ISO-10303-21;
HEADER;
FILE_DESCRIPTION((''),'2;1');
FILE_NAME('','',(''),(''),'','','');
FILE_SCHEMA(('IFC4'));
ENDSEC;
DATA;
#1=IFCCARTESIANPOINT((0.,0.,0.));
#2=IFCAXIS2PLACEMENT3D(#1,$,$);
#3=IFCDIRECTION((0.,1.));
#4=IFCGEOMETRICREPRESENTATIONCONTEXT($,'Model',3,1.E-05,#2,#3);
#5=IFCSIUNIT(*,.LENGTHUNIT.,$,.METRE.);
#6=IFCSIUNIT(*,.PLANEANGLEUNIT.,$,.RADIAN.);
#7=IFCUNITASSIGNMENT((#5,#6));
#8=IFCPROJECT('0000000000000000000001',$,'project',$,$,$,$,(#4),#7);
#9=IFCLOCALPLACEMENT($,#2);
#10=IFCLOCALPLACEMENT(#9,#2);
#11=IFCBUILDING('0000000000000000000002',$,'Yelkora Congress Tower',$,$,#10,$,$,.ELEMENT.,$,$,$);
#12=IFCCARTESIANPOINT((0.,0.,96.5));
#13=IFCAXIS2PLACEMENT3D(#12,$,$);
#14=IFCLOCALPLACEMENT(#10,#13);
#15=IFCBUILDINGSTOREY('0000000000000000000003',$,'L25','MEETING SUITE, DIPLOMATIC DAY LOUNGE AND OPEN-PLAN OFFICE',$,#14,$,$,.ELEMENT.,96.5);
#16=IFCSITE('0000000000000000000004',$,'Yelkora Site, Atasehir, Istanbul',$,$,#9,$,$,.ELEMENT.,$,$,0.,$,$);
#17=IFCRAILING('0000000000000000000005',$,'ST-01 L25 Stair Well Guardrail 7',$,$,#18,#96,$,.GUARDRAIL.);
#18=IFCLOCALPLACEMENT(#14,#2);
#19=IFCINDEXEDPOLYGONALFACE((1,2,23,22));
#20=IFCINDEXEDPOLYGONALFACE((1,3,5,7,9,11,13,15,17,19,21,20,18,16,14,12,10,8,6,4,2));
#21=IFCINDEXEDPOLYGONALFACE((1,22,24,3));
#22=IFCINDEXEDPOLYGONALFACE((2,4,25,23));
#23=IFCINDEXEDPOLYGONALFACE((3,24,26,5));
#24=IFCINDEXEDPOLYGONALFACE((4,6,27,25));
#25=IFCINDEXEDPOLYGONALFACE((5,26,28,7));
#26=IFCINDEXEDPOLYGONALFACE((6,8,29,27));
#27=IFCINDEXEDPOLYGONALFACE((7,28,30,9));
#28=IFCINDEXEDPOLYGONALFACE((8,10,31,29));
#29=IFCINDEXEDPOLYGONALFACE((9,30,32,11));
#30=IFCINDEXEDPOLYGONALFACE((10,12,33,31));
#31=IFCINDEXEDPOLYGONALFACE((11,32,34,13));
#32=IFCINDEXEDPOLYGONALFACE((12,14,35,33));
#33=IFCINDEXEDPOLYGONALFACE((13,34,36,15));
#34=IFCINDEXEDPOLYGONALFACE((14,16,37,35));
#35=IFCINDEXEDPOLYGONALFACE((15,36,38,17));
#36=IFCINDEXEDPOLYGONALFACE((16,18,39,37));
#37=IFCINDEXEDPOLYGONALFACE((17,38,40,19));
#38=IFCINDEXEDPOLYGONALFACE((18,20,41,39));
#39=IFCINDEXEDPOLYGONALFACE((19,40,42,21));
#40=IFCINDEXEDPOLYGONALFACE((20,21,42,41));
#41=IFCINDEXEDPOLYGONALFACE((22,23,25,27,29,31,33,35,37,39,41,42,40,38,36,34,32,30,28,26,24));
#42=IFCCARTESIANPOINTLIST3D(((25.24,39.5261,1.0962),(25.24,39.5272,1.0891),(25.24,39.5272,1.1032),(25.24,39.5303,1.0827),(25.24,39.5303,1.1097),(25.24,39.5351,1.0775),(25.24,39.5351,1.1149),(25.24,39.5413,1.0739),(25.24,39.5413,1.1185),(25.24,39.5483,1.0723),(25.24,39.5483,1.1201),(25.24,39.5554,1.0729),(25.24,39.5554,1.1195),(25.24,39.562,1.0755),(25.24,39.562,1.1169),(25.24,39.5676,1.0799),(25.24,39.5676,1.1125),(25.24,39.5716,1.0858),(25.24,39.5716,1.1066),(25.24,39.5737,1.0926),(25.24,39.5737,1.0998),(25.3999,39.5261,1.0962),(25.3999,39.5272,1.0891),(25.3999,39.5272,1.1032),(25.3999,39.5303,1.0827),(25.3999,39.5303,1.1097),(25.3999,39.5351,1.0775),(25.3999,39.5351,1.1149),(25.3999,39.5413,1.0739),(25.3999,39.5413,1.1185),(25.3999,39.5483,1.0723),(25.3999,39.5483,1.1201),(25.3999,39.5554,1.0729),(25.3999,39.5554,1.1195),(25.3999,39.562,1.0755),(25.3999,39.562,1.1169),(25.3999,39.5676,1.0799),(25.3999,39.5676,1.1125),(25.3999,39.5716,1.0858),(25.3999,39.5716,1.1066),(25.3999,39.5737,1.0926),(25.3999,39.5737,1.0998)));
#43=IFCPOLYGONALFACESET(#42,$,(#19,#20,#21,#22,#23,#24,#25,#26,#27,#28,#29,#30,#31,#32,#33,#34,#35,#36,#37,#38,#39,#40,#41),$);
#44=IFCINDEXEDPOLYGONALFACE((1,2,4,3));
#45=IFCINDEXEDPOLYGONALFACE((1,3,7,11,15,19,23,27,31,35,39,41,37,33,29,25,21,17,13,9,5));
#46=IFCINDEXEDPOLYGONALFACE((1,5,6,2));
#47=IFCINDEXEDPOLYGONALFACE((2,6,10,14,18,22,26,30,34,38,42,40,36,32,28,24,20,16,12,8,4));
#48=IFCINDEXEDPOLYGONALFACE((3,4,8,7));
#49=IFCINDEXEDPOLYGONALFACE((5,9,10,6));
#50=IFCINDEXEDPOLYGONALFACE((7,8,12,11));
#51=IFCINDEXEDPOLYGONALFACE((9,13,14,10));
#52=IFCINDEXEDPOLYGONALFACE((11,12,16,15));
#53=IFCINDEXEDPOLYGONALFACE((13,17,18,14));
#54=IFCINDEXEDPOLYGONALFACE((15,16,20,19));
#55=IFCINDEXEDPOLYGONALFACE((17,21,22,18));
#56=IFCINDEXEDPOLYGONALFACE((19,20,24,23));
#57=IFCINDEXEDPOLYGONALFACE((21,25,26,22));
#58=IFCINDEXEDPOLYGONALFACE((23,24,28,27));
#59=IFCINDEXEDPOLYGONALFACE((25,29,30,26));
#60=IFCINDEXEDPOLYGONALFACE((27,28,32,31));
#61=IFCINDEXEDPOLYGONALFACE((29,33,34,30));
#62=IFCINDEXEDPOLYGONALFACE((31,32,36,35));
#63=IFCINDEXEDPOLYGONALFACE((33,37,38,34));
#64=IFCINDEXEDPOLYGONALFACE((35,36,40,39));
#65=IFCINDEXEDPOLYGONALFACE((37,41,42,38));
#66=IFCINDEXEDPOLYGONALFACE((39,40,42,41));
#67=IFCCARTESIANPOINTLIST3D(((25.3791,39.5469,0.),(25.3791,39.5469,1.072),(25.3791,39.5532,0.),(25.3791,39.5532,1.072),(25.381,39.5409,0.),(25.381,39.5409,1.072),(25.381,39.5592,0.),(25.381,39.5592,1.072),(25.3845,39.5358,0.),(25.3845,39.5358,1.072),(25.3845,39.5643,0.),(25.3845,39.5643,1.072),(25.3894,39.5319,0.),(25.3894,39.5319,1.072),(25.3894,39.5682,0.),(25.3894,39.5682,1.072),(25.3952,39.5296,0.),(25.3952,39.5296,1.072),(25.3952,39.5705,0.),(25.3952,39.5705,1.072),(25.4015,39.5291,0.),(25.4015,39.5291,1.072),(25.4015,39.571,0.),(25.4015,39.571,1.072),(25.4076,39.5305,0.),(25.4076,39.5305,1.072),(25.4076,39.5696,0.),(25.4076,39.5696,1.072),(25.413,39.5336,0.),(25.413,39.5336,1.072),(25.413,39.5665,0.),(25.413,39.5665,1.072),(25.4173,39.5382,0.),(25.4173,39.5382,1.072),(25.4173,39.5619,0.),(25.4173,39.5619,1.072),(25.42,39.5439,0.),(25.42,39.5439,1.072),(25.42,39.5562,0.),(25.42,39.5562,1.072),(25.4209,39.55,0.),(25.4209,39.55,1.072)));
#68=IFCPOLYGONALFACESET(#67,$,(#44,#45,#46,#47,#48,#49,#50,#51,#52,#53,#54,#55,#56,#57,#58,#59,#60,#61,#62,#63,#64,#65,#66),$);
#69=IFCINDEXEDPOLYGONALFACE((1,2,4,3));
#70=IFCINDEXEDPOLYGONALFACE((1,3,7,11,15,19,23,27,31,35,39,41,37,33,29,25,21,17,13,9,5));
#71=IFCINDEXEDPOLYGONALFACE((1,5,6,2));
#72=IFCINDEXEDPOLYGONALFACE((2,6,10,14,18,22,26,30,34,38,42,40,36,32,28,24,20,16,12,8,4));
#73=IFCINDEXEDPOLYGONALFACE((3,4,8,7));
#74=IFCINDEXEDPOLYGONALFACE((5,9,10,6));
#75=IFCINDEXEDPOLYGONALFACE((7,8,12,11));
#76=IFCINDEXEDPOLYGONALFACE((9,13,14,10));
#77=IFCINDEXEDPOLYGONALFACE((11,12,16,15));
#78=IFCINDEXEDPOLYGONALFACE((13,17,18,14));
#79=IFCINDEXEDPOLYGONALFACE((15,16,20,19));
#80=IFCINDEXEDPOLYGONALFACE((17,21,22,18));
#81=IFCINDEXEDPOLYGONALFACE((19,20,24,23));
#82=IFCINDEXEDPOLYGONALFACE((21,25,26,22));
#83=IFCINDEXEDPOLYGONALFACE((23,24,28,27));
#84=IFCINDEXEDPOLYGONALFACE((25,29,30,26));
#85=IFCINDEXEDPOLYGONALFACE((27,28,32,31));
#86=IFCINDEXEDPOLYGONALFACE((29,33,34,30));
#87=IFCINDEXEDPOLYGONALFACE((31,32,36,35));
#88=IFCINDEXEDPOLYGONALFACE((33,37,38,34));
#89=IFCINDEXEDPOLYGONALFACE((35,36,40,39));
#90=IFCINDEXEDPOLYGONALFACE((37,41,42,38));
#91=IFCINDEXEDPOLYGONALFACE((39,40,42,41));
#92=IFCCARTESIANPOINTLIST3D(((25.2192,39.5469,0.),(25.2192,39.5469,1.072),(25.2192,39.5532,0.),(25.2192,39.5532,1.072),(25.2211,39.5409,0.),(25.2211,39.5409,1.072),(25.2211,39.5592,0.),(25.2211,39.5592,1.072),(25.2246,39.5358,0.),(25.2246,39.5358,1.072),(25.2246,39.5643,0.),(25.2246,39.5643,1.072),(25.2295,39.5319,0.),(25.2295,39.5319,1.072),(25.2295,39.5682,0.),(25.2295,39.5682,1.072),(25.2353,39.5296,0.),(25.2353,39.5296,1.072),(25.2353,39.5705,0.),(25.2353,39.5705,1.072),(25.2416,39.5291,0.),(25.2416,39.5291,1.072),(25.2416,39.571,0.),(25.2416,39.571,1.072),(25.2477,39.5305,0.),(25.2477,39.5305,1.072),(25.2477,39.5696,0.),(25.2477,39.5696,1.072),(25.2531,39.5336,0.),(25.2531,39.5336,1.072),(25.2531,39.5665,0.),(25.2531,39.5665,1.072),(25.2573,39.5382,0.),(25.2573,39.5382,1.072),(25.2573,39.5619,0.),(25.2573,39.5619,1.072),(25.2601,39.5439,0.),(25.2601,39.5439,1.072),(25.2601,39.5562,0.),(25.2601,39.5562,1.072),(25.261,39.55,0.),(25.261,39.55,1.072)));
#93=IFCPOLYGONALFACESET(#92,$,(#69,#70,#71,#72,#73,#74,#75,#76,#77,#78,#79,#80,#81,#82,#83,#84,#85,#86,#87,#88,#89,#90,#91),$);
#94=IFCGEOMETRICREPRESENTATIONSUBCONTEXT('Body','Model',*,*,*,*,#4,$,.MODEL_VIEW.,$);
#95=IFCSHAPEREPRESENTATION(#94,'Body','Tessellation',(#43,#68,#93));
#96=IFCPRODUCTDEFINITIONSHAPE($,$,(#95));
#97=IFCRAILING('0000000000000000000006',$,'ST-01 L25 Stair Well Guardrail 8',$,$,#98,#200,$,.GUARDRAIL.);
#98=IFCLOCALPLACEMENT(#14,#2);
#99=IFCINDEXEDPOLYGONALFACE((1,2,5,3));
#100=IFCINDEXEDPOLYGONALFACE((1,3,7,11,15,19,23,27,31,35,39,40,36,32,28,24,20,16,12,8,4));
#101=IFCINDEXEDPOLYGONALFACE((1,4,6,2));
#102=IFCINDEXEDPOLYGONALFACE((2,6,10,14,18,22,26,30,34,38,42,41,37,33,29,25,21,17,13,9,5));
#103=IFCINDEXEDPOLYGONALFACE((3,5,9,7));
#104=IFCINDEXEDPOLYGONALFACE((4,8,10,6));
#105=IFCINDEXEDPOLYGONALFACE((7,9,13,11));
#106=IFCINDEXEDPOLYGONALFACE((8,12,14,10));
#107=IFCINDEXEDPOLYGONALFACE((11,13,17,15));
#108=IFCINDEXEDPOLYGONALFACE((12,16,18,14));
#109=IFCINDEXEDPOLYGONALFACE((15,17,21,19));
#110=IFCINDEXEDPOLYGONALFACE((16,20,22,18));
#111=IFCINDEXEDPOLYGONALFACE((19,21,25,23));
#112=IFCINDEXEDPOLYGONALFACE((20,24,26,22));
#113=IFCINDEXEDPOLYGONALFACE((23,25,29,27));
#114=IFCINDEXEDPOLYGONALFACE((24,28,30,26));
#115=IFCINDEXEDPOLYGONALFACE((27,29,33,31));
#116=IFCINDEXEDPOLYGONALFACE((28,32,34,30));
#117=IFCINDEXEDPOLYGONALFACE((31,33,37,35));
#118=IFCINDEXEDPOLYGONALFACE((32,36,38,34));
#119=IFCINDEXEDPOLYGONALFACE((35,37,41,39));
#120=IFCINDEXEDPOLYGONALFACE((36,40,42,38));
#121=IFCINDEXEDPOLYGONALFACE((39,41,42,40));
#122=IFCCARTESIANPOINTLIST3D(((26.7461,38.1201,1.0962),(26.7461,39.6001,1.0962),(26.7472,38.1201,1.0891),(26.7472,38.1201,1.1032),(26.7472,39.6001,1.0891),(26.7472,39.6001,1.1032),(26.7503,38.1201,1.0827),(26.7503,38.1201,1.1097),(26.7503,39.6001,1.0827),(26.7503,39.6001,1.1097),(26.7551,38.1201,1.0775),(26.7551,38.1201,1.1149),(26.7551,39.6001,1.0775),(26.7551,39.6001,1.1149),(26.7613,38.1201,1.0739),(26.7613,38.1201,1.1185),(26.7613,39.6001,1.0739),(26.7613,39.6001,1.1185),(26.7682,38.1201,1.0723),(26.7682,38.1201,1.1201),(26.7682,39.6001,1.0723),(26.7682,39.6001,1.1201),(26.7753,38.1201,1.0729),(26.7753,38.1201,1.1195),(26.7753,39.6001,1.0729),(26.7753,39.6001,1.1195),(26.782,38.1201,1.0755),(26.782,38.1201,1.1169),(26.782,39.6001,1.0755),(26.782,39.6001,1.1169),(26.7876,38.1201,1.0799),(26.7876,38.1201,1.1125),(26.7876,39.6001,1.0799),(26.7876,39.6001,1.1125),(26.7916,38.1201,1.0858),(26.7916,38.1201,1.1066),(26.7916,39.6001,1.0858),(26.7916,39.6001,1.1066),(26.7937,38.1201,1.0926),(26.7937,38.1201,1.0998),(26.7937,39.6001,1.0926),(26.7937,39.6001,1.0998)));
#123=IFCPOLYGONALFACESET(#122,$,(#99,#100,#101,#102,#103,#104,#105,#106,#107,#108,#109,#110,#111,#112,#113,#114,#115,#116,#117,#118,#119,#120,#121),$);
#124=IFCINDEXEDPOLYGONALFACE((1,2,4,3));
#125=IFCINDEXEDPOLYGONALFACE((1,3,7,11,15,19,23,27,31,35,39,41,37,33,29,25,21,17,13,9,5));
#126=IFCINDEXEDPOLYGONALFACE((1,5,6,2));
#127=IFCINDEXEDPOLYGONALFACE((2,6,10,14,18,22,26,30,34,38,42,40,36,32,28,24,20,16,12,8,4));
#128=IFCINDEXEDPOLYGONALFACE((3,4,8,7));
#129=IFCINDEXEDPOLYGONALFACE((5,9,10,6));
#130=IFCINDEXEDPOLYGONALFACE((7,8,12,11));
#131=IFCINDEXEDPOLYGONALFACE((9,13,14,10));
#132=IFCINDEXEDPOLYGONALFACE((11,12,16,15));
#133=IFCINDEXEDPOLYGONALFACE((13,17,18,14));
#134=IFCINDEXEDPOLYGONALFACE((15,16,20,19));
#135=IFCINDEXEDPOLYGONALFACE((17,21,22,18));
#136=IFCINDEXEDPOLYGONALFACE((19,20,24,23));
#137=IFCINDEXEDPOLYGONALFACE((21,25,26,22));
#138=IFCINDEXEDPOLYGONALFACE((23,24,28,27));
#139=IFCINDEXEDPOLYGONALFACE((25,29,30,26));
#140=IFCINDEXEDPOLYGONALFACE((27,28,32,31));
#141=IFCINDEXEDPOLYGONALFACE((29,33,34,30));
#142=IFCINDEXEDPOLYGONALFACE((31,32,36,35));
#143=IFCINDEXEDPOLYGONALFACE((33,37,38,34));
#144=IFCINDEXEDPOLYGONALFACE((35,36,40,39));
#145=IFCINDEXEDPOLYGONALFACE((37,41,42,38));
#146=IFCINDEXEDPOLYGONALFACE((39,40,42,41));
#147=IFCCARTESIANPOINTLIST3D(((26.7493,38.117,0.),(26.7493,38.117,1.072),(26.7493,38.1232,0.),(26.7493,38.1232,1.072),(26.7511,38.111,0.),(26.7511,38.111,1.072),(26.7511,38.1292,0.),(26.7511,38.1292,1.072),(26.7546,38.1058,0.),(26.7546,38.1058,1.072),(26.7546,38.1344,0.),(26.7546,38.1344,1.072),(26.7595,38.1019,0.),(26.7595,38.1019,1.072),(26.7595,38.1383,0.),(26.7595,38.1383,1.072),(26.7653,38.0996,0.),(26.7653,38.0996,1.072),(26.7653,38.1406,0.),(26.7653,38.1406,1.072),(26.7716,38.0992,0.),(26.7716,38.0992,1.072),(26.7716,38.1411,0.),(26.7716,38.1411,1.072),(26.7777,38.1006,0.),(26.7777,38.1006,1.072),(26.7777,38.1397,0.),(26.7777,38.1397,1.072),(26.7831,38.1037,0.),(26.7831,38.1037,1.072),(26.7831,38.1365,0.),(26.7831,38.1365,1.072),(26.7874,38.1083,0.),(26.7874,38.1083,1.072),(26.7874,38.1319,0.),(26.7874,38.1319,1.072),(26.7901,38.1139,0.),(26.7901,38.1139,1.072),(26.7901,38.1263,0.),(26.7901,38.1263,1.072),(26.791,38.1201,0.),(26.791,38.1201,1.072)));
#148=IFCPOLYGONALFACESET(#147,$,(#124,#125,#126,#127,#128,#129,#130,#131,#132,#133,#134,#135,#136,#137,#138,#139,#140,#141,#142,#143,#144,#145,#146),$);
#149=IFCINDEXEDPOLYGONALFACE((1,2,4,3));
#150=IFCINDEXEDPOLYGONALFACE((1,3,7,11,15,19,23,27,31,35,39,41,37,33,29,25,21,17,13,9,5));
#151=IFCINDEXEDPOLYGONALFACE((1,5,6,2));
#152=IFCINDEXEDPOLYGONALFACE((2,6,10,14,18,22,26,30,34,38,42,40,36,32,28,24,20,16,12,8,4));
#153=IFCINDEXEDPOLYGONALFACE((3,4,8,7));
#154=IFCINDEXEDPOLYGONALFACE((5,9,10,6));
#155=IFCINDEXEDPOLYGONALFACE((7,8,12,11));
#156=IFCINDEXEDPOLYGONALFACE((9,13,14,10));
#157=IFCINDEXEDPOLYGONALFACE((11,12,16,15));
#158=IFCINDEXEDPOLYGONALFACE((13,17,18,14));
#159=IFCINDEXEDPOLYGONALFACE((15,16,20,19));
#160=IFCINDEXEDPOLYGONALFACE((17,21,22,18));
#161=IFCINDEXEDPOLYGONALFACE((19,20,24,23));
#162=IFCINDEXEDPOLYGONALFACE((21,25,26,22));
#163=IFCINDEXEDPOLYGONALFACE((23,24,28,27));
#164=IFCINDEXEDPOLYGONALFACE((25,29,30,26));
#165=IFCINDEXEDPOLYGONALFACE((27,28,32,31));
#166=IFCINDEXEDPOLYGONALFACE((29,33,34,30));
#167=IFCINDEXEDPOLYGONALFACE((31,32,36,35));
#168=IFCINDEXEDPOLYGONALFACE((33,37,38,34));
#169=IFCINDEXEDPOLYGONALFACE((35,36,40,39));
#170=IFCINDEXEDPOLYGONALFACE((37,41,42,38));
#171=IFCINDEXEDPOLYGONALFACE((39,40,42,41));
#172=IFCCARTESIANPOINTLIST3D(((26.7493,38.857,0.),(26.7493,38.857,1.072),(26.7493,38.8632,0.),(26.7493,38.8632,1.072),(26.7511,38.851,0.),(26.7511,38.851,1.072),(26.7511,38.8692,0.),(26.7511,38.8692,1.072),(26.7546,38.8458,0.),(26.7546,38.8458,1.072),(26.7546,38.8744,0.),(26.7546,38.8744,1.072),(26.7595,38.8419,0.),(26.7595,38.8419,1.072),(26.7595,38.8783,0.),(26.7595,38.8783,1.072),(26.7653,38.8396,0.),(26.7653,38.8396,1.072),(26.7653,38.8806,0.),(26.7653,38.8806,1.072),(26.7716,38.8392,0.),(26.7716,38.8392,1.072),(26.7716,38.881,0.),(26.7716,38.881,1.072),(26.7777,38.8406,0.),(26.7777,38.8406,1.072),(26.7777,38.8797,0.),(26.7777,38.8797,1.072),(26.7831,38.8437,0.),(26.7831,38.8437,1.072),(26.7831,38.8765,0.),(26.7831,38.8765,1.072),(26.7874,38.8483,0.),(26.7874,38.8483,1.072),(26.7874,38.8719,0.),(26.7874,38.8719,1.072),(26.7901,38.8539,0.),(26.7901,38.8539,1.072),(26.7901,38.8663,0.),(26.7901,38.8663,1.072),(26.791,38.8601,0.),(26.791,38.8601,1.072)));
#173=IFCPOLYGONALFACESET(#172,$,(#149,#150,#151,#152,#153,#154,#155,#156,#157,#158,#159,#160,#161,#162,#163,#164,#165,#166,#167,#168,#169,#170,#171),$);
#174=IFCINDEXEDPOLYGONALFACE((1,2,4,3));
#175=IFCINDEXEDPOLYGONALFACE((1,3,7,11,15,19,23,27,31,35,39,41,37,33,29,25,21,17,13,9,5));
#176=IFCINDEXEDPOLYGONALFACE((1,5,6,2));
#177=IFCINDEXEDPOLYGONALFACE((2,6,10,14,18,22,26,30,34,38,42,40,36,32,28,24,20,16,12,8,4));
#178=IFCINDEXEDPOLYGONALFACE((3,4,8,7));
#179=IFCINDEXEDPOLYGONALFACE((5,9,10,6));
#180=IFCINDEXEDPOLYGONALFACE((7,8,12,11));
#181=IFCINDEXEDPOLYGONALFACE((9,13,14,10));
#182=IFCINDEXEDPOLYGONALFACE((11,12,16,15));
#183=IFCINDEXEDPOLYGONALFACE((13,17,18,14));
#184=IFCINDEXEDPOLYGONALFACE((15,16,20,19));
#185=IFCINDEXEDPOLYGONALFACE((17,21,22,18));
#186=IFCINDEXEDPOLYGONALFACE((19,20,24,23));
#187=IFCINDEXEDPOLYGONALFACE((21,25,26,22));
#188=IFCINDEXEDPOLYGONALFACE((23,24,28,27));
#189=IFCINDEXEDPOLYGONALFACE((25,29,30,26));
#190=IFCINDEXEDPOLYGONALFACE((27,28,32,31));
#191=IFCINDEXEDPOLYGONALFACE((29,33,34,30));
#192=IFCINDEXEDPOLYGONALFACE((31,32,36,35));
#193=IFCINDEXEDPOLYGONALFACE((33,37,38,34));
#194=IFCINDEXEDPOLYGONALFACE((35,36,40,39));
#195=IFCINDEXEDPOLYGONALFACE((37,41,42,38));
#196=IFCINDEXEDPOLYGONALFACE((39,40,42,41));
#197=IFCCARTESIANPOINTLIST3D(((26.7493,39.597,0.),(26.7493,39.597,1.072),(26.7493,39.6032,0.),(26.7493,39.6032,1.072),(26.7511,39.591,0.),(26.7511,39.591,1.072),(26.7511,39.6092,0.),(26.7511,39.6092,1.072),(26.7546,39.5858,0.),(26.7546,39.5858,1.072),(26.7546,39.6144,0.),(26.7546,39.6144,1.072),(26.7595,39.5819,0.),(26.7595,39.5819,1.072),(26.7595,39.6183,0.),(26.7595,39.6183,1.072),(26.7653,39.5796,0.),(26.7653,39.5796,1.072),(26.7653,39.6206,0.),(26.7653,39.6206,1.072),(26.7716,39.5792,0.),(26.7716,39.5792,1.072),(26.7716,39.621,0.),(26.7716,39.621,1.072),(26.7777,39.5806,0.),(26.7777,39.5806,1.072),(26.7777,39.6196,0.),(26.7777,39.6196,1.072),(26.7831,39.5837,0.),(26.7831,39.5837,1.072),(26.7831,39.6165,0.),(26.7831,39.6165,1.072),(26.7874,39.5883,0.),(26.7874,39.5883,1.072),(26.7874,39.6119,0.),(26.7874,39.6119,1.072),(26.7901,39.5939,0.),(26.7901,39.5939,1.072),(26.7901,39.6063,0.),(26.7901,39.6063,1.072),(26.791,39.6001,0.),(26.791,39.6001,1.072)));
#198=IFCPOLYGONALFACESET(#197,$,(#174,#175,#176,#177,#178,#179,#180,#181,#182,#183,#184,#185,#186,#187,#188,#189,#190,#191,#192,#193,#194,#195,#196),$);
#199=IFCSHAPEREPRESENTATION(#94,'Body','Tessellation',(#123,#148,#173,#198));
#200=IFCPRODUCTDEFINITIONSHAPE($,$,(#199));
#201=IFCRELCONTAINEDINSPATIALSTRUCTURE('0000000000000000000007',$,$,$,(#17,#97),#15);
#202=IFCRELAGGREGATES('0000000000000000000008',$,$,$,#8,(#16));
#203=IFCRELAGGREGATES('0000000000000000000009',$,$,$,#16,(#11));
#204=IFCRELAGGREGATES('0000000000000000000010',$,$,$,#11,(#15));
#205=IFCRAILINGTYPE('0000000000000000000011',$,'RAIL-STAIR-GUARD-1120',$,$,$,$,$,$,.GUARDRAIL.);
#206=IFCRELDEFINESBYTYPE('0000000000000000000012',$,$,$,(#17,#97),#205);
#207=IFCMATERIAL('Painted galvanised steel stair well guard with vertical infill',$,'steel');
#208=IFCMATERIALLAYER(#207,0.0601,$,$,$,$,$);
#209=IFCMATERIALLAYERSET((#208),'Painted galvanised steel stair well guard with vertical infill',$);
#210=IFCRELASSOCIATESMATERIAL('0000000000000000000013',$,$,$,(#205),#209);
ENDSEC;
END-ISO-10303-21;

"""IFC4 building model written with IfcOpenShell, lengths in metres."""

from ifc_helpers import new_model, si_unit, direction, frame, origin, origin_2d, place, context, subcontext, project, spatial, circle, extrude, material, layer, layer_set, type_object, element, save


model = new_model("IFC4")

# Units and contexts
model_context = context("Model", 3, precision=1e-05, world=origin(), true_north=direction((0.0, 1.0)))
body_context = subcontext(model_context, "Body", "Model", "MODEL_VIEW")
ifc_project = project(units=[si_unit("LENGTHUNIT", "METRE"), si_unit("PLANEANGLEUNIT", "RADIAN")], contexts=[model_context])

# Site, building, storey
site_placement = place(None, origin())
site = spatial("IfcSite", under=ifc_project, at=site_placement, Name="Yelkora Site, Atasehir, Istanbul", CompositionType="ELEMENT", RefElevation=0.0)
building_placement = place(site_placement, origin())
building = spatial("IfcBuilding", under=site, at=building_placement, Name="Yelkora Congress Tower", CompositionType="ELEMENT")
storey_placement = place(building_placement, frame((0.0, 0.0, 96.5)))
storey = spatial("IfcBuildingStorey", under=building, at=storey_placement, Name="L25", Description="MEETING SUITE, DIPLOMATIC DAY LOUNGE AND OPEN-PLAN OFFICE", CompositionType="ELEMENT", Elevation=96.5)

# Railings
ifc_material_1 = material(Name="Painted galvanised steel stair well guard with vertical infill", Category="steel")
ifc_layer_1 = layer(ifc_material_1, 0.0601)
ifc_layer_set_1 = layer_set([ifc_layer_1], Name="Painted galvanised steel stair well guard with vertical infill")
railing_type_1 = type_object("IfcRailingType", Name="RAIL-STAIR-GUARD-1120", PredefinedType="GUARDRAIL", material=ifc_layer_set_1)
railing_1_placement = place(storey_placement, frame((25.3999, 39.55, 0.0)))
element("IfcRailing", 1, at=railing_1_placement, inside=storey, type_object=railing_type_1, Name="ST-01 L25 Stair Well Guardrail 7", PredefinedType="GUARDRAIL", context=body_context, shape_type="SweptSolid", body=[
    extrude(circle(Radius=0.0239, at=origin_2d()), frame((0.0, 0.0, 1.0962), z_axis=(-1.0, 0.0, 0.0), x_axis=(0.0, -1.0, 0.0)), (0.0, 0.0, 1.0), 0.1599),
    extrude(circle(Radius=0.021, at=origin_2d()), origin(), (0.0, 0.0, 1.0), 1.072),
    extrude(circle(Radius=0.021, at=origin_2d()), frame((-0.1599, 0.0, 0.0)), (0.0, 0.0, 1.0), 1.072),
])
railing_2_placement = place(storey_placement, frame((26.77, 38.1201, 0.0)))
element("IfcRailing", 2, at=railing_2_placement, inside=storey, type_object=railing_type_1, Name="ST-01 L25 Stair Well Guardrail 8", PredefinedType="GUARDRAIL", context=body_context, shape_type="SweptSolid", body=[
    extrude(circle(Radius=0.0239, at=origin_2d()), frame((0.0, 0.0, 1.0962), z_axis=(0.0, 1.0, 0.0), x_axis=(-1.0, 0.0, 0.0)), (0.0, 0.0, 1.0), 1.48),
    extrude(circle(Radius=0.021, at=origin_2d()), origin(), (0.0, 0.0, 1.0), 1.072),
    extrude(circle(Radius=0.021, at=origin_2d()), frame((0.0, 0.74, 0.0)), (0.0, 0.0, 1.0), 1.072),
    extrude(circle(Radius=0.021, at=origin_2d()), frame((0.0, 1.48, 0.0)), (0.0, 0.0, 1.0), 1.072),
])

save(model, "model.ifc")
